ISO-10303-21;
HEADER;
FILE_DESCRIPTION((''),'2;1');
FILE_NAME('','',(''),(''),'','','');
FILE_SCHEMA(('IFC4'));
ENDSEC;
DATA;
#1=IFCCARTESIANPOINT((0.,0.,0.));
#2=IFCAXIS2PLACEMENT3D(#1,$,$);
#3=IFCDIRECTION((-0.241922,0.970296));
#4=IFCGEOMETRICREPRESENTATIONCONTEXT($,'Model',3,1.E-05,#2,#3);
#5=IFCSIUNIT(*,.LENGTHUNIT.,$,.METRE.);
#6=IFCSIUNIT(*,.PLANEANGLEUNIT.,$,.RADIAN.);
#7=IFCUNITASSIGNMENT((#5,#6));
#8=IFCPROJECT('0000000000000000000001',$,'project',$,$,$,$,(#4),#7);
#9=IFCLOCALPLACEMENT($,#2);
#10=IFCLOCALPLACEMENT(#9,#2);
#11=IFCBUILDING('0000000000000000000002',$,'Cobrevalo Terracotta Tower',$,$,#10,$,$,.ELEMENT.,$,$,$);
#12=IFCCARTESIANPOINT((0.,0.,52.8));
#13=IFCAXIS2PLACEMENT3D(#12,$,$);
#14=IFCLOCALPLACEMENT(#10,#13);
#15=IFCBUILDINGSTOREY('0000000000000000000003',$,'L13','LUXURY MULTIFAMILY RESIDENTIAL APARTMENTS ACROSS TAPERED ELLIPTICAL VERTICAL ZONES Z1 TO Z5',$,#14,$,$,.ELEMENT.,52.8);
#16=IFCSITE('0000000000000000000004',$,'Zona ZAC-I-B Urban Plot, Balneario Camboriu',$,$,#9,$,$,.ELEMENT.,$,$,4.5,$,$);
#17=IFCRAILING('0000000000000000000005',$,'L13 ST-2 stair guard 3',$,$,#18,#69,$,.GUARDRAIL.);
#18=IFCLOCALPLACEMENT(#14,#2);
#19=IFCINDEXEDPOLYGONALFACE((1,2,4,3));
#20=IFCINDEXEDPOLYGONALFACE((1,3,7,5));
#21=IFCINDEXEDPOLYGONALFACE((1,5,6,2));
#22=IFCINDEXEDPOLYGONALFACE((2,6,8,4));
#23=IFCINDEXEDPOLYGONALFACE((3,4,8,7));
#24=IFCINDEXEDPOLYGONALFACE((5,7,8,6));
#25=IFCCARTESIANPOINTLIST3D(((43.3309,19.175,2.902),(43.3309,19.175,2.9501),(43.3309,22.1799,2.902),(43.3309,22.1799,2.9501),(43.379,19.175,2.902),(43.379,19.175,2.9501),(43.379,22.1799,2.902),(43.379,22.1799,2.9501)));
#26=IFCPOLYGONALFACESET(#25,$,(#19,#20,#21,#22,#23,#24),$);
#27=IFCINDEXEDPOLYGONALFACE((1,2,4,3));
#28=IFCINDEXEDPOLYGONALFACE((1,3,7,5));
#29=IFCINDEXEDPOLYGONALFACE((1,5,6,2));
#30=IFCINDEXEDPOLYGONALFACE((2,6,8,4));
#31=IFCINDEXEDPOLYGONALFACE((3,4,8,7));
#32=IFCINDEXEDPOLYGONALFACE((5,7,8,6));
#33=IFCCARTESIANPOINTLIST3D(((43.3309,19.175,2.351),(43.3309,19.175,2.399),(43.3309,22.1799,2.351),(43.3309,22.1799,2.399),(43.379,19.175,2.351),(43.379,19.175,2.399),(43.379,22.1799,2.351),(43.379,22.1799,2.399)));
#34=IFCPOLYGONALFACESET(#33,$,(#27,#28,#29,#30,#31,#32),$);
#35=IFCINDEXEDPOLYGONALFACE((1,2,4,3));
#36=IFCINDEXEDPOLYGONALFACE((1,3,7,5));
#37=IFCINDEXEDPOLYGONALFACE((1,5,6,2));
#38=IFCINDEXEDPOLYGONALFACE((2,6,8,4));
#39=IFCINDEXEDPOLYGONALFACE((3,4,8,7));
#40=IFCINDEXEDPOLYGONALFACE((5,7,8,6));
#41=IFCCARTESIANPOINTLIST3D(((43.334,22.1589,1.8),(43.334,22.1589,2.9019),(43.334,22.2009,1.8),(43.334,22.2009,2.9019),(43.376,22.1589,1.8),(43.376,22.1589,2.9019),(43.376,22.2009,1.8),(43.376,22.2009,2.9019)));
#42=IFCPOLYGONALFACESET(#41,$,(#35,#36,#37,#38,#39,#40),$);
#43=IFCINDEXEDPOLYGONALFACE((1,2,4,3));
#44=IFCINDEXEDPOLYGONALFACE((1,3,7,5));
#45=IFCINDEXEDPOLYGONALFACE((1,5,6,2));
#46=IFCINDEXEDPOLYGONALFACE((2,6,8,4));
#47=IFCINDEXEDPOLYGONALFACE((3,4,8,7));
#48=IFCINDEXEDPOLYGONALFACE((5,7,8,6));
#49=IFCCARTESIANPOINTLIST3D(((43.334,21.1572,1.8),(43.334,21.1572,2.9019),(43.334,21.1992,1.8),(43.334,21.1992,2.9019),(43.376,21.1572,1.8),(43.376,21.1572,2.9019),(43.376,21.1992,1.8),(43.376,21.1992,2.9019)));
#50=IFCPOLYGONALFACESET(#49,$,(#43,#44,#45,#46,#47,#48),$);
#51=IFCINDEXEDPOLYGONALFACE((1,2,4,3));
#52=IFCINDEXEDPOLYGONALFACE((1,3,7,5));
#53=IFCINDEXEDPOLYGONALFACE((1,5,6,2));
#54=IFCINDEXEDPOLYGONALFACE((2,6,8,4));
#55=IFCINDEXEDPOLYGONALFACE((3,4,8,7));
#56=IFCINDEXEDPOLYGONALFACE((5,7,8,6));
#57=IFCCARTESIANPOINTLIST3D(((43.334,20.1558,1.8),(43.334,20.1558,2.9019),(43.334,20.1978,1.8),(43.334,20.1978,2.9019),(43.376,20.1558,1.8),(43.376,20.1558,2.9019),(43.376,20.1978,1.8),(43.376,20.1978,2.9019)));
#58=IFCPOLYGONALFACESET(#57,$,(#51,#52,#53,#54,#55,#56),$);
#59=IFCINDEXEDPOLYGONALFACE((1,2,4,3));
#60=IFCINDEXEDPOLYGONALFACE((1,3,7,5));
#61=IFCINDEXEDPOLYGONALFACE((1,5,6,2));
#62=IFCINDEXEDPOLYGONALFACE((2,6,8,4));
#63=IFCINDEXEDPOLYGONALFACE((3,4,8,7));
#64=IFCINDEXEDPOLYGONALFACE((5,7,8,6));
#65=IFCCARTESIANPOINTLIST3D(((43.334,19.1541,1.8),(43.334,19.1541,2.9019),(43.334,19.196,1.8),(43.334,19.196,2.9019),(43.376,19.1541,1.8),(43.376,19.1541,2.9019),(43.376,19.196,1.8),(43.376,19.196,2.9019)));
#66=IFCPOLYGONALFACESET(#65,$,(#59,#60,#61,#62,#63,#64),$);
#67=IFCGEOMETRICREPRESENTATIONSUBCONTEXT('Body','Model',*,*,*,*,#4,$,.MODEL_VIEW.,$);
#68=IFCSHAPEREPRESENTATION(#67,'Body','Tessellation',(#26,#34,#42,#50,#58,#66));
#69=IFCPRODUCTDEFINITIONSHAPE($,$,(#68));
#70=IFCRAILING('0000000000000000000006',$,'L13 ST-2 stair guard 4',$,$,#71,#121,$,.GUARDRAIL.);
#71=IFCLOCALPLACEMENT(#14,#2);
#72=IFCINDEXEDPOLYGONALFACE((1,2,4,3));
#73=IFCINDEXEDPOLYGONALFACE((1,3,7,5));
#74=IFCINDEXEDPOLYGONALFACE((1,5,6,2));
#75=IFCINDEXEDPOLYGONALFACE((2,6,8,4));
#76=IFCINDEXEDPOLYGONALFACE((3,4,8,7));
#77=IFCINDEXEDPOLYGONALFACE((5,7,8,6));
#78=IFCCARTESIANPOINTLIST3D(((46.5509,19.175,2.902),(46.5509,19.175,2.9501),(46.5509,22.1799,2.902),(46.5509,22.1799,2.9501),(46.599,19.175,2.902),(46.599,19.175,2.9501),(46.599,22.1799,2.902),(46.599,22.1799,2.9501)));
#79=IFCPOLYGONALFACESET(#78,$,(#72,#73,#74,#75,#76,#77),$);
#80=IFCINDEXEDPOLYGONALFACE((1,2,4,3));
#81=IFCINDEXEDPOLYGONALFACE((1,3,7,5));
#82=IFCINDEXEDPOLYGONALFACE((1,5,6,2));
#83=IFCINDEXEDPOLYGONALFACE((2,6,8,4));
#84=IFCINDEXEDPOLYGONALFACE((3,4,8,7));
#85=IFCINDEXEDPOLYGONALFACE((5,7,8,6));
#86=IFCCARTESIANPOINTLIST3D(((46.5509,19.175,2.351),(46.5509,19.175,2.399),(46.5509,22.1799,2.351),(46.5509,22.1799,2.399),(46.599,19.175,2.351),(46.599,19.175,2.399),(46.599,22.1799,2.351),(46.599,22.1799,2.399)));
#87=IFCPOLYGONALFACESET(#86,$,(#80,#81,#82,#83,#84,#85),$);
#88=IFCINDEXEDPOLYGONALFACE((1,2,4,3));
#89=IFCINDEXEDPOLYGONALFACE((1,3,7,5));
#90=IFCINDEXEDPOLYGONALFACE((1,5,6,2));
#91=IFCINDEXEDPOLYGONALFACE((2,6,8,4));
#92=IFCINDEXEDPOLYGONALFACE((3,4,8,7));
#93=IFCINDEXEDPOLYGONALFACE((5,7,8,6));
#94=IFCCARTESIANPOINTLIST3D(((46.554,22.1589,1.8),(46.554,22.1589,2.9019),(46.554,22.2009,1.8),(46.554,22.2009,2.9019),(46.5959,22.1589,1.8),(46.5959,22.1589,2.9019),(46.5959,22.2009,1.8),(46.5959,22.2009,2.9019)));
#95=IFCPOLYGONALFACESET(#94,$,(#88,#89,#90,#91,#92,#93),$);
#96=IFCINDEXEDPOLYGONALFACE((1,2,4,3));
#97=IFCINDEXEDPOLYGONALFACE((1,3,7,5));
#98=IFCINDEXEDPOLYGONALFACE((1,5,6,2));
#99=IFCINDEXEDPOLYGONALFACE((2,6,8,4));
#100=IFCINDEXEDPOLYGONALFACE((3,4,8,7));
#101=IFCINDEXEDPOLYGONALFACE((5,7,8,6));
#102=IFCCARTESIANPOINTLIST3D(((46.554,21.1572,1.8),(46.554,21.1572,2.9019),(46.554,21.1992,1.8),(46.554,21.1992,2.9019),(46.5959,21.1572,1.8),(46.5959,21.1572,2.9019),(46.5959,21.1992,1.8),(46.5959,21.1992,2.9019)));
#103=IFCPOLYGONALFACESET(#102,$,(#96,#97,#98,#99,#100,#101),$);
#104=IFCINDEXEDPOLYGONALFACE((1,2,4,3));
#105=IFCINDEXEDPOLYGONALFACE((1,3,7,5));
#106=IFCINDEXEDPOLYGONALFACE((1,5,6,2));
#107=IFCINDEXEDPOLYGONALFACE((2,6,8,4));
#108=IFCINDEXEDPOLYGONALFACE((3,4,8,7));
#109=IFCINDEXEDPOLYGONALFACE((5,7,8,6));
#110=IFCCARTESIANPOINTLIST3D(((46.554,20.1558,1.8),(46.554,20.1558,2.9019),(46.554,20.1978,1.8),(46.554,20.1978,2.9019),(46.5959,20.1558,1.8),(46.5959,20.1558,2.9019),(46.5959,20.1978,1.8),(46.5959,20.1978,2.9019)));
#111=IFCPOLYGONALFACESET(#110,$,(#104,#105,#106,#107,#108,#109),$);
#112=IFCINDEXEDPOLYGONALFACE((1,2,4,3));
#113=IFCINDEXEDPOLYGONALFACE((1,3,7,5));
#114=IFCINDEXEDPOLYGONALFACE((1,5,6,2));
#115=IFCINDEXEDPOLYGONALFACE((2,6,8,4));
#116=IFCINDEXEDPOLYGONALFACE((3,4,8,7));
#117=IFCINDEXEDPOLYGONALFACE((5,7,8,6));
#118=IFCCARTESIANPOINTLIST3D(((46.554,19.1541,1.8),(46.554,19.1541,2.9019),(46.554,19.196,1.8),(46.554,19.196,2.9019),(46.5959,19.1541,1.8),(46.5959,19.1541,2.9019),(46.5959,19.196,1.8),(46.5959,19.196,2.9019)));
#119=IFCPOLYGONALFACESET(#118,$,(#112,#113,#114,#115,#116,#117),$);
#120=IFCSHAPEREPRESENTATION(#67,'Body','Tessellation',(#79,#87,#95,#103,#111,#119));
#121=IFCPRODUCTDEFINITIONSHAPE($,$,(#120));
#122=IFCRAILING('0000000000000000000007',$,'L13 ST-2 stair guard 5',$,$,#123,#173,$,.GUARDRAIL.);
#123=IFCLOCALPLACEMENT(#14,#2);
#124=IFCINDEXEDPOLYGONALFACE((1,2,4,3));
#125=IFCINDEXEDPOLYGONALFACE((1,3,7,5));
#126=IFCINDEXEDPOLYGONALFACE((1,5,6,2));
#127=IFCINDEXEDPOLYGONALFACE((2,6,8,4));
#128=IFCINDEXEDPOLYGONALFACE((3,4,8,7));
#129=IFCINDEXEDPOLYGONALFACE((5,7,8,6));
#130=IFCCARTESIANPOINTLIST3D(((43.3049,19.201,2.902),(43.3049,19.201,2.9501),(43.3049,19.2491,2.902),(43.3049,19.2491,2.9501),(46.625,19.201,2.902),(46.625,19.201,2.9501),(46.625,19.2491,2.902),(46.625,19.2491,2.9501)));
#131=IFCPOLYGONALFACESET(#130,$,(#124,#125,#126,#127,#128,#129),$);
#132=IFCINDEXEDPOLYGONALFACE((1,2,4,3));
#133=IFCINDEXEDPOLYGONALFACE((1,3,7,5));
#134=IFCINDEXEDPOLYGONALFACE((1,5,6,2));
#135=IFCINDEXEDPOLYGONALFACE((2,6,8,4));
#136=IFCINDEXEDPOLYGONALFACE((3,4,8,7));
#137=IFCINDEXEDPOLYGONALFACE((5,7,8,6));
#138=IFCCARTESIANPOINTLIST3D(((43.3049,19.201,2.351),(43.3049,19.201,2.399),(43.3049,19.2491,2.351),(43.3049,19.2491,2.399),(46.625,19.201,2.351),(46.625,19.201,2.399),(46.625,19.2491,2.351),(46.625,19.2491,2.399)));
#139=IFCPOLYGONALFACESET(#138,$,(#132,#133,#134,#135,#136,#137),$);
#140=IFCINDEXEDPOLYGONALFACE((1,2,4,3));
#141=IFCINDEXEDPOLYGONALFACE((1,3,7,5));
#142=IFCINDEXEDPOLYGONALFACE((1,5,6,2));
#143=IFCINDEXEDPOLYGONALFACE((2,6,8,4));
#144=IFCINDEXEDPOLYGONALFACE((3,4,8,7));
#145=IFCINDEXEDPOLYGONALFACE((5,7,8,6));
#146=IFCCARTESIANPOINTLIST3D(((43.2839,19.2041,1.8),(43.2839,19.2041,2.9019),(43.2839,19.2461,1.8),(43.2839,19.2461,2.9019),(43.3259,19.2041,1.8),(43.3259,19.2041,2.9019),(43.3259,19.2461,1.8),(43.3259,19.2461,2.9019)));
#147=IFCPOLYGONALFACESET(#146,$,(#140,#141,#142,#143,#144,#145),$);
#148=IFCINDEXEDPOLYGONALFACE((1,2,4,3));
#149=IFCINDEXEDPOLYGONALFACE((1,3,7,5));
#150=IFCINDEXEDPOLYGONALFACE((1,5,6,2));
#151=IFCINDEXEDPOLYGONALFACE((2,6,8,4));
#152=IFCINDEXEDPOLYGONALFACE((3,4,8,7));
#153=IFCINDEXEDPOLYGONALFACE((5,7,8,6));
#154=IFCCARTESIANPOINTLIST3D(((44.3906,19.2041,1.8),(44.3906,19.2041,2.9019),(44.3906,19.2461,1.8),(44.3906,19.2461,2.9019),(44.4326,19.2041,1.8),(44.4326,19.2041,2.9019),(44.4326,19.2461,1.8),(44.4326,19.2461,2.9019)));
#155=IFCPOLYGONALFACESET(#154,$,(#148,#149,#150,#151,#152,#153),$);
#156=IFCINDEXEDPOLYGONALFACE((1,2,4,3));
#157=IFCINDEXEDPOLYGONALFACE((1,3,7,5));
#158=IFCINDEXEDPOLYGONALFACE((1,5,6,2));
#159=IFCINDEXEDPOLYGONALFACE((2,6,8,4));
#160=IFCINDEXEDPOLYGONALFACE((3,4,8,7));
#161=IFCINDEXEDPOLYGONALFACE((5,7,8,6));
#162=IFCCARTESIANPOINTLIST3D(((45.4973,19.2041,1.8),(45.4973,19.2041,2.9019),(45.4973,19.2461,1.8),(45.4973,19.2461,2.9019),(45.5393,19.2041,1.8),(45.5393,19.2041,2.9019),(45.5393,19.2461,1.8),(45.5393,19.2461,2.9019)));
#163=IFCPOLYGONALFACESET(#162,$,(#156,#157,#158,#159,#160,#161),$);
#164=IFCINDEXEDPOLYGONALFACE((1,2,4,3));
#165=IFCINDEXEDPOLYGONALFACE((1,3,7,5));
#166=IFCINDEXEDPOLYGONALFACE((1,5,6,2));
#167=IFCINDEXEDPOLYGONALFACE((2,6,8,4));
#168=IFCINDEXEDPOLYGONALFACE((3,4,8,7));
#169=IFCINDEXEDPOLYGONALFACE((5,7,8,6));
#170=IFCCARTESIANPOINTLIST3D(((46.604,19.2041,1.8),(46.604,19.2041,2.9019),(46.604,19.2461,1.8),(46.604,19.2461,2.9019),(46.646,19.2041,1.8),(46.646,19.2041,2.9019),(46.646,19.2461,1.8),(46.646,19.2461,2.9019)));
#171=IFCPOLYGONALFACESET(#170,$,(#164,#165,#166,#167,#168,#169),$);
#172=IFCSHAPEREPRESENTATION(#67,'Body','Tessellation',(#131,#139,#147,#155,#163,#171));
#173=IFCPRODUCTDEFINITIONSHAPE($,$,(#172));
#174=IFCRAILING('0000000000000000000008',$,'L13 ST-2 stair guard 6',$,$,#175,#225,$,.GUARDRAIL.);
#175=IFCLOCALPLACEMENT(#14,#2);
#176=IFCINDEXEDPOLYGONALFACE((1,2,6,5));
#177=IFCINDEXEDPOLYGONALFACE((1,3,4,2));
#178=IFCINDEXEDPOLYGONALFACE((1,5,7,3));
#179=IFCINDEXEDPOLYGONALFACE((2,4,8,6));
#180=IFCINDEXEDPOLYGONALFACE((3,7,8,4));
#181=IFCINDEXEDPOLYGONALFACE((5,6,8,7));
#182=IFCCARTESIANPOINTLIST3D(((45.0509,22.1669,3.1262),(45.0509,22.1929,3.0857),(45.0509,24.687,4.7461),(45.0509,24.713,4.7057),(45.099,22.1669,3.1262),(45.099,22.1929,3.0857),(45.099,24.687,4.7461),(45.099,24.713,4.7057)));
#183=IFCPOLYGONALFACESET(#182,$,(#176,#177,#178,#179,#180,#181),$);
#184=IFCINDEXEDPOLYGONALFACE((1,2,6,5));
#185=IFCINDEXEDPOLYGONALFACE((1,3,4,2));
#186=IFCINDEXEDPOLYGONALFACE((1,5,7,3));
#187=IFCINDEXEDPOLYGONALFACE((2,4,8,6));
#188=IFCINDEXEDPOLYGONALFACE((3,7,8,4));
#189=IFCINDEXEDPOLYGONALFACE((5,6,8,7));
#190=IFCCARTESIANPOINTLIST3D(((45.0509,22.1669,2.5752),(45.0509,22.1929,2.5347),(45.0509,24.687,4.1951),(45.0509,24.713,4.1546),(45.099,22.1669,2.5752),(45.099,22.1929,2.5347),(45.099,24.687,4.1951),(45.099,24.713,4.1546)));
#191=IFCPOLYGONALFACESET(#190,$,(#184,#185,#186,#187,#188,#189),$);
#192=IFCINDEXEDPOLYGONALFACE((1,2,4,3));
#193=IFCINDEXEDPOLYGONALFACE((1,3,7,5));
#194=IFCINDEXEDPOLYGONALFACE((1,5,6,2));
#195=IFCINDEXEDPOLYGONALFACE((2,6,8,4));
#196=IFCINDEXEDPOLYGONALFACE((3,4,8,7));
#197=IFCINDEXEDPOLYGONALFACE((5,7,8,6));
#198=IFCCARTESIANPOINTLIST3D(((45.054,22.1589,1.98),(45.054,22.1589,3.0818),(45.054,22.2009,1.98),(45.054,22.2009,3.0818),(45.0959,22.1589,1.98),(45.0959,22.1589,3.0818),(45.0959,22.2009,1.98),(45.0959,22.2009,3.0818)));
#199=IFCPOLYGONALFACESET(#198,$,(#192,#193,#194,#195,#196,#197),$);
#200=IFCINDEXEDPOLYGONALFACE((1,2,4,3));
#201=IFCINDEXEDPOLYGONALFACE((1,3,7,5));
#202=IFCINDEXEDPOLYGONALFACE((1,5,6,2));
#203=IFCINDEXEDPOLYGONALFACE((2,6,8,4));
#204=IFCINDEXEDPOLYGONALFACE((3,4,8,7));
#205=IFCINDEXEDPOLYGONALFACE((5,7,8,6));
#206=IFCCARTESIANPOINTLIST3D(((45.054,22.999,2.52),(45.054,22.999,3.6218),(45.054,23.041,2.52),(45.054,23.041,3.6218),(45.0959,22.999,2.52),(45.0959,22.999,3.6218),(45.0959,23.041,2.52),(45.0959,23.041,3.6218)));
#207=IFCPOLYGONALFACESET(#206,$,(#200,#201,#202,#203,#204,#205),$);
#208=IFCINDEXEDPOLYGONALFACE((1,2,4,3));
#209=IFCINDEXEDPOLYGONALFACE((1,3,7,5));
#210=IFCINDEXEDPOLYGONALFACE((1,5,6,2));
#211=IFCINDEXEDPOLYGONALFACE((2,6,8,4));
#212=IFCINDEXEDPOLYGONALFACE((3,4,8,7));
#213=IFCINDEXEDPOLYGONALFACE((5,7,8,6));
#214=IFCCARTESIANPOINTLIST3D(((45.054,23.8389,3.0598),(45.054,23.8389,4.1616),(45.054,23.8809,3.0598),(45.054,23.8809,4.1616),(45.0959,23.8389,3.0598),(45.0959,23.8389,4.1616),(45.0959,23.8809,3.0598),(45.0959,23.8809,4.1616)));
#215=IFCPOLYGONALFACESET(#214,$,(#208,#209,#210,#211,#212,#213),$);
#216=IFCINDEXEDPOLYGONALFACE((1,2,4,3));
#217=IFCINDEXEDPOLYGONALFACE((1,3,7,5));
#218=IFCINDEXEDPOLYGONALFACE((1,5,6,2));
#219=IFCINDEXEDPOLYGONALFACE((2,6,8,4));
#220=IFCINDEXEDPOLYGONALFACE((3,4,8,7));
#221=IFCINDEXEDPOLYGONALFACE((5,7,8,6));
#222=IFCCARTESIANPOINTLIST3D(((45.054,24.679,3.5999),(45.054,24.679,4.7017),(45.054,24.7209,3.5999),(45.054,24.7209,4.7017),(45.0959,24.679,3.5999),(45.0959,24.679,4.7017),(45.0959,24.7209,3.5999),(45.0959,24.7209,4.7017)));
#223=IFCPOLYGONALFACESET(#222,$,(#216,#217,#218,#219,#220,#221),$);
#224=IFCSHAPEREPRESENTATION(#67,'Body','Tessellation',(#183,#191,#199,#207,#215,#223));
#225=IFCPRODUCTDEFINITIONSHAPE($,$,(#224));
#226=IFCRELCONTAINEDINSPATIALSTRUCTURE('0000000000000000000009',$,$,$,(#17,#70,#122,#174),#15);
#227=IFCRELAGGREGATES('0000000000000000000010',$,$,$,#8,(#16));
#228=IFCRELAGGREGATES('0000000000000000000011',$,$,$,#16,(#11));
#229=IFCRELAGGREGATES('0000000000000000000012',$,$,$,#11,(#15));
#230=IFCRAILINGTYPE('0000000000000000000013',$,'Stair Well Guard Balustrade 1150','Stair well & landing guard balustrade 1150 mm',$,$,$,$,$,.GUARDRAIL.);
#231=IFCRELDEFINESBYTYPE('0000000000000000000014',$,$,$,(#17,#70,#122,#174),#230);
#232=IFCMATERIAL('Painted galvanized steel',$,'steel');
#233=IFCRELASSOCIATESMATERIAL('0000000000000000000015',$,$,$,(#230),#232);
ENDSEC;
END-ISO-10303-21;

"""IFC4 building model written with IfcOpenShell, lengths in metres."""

from ifc_helpers import new_model, si_unit, direction, frame, origin, origin_2d, place, context, subcontext, project, spatial, rectangle, extrude, material, type_object, element, save


model = new_model("IFC4")

# Units and contexts
model_context = context("Model", 3, precision=1e-05, world=origin(), true_north=direction((-0.241922, 0.970296)))
body_context = subcontext(model_context, "Body", "Model", "MODEL_VIEW")
ifc_project = project(units=[si_unit("LENGTHUNIT", "METRE"), si_unit("PLANEANGLEUNIT", "RADIAN")], contexts=[model_context])

# Site, building, storey
site_placement = place(None, origin())
site = spatial("IfcSite", under=ifc_project, at=site_placement, Name="Zona ZAC-I-B Urban Plot, Balneario Camboriu", CompositionType="ELEMENT", RefElevation=4.5)
building_placement = place(site_placement, origin())
building = spatial("IfcBuilding", under=site, at=building_placement, Name="Cobrevalo Terracotta Tower", CompositionType="ELEMENT")
storey_placement = place(building_placement, frame((0.0, 0.0, 52.8)))
storey = spatial("IfcBuildingStorey", under=building, at=storey_placement, Name="L13", Description="LUXURY MULTIFAMILY RESIDENTIAL APARTMENTS ACROSS TAPERED ELLIPTICAL VERTICAL ZONES Z1 TO Z5", CompositionType="ELEMENT", Elevation=52.8)

# Railings
ifc_material_1 = material(Name="Painted galvanized steel", Category="steel")
railing_type_1 = type_object("IfcRailingType", Name="Stair Well Guard Balustrade 1150", Description="Stair well & landing guard balustrade 1150 mm", PredefinedType="GUARDRAIL", material=ifc_material_1)
for number, where, name in (
    (1, (43.355, 22.1799, 1.8), "L13 ST-2 stair guard 3"),
    (2, (46.575, 22.1799, 1.8), "L13 ST-2 stair guard 4"),
):
    element("IfcRailing", number, at=place(storey_placement, frame(where)), inside=storey, type_object=railing_type_1, Name=name, PredefinedType="GUARDRAIL", context=body_context, shape_type="SweptSolid", body=[
        extrude(rectangle(XDim=0.0481, YDim=0.0481, at=origin_2d()), frame((0.0, 0.0, 1.126), z_axis=(0.0, -1.0, 0.0), x_axis=(1.0, 0.0, 0.0)), (0.0, 0.0, 1.0), 3.0049),
        extrude(rectangle(XDim=0.0481, YDim=0.0481, at=origin_2d()), frame((0.0, 0.0, 0.575), z_axis=(0.0, -1.0, 0.0), x_axis=(1.0, 0.0, 0.0)), (0.0, 0.0, 1.0), 3.0049),
        extrude(rectangle(XDim=0.042, YDim=0.042, at=origin_2d()), origin(), (0.0, 0.0, 1.0), 1.1018),
        extrude(rectangle(XDim=0.042, YDim=0.042, at=origin_2d()), frame((0.0, -1.0017, 0.0)), (0.0, 0.0, 1.0), 1.1018),
        extrude(rectangle(XDim=0.042, YDim=0.042, at=origin_2d()), frame((0.0, -2.0032, 0.0)), (0.0, 0.0, 1.0), 1.1018),
        extrude(rectangle(XDim=0.042, YDim=0.042, at=origin_2d()), frame((0.0, -3.0049, 0.0)), (0.0, 0.0, 1.0), 1.1018),
    ])
railing_1_placement = place(storey_placement, frame((43.3049, 19.2251, 1.8)))
element("IfcRailing", 3, at=railing_1_placement, inside=storey, type_object=railing_type_1, Name="L13 ST-2 stair guard 5", PredefinedType="GUARDRAIL", context=body_context, shape_type="SweptSolid", body=[
    extrude(rectangle(XDim=0.0481, YDim=0.0481, at=origin_2d()), frame((0.0, 0.0, 1.126), z_axis=(1.0, 0.0, 0.0), x_axis=(0.0, 1.0, 0.0)), (0.0, 0.0, 1.0), 3.3201),
    extrude(rectangle(XDim=0.0481, YDim=0.0481, at=origin_2d()), frame((0.0, 0.0, 0.575), z_axis=(1.0, 0.0, 0.0), x_axis=(0.0, 1.0, 0.0)), (0.0, 0.0, 1.0), 3.3201),
    extrude(rectangle(XDim=0.042, YDim=0.042, at=origin_2d()), origin(), (0.0, 0.0, 1.0), 1.1018),
    extrude(rectangle(XDim=0.042, YDim=0.042, at=origin_2d()), frame((1.1067, 0.0, 0.0)), (0.0, 0.0, 1.0), 1.1018),
    extrude(rectangle(XDim=0.042, YDim=0.042, at=origin_2d()), frame((2.2134, 0.0, 0.0)), (0.0, 0.0, 1.0), 1.1018),
    extrude(rectangle(XDim=0.042, YDim=0.042, at=origin_2d()), frame((3.3201, 0.0, 0.0)), (0.0, 0.0, 1.0), 1.1018),
])
railing_2_placement = place(storey_placement, frame((45.075, 22.1799, 1.98)))
element("IfcRailing", 4, at=railing_2_placement, inside=storey, type_object=railing_type_1, Name="L13 ST-2 stair guard 6", PredefinedType="GUARDRAIL", context=body_context, shape_type="SweptSolid", body=[
    extrude(rectangle(XDim=0.0481, YDim=0.0481, at=origin_2d()), frame((0.0, 0.0, 1.126), z_axis=(0.0, 0.8412, 0.540725), x_axis=(-1.0, 0.0, 0.0)), (0.0, 0.0, 1.0), 2.9958),
    extrude(rectangle(XDim=0.0481, YDim=0.0481, at=origin_2d()), frame((0.0, 0.0, 0.575), z_axis=(0.0, 0.8412, 0.540725), x_axis=(-1.0, 0.0, 0.0)), (0.0, 0.0, 1.0), 2.9958),
    extrude(rectangle(XDim=0.042, YDim=0.042, at=origin_2d()), origin(), (0.0, 0.0, 1.0), 1.1018),
    extrude(rectangle(XDim=0.042, YDim=0.042, at=origin_2d()), frame((0.0, 0.8401, 0.54)), (0.0, 0.0, 1.0), 1.1018),
    extrude(rectangle(XDim=0.042, YDim=0.042, at=origin_2d()), frame((0.0, 1.6799, 1.0798)), (0.0, 0.0, 1.0), 1.1018),
    extrude(rectangle(XDim=0.042, YDim=0.042, at=origin_2d()), frame((0.0, 2.52, 1.6199)), (0.0, 0.0, 1.0), 1.1018),
])

save(model, "model.ifc")
